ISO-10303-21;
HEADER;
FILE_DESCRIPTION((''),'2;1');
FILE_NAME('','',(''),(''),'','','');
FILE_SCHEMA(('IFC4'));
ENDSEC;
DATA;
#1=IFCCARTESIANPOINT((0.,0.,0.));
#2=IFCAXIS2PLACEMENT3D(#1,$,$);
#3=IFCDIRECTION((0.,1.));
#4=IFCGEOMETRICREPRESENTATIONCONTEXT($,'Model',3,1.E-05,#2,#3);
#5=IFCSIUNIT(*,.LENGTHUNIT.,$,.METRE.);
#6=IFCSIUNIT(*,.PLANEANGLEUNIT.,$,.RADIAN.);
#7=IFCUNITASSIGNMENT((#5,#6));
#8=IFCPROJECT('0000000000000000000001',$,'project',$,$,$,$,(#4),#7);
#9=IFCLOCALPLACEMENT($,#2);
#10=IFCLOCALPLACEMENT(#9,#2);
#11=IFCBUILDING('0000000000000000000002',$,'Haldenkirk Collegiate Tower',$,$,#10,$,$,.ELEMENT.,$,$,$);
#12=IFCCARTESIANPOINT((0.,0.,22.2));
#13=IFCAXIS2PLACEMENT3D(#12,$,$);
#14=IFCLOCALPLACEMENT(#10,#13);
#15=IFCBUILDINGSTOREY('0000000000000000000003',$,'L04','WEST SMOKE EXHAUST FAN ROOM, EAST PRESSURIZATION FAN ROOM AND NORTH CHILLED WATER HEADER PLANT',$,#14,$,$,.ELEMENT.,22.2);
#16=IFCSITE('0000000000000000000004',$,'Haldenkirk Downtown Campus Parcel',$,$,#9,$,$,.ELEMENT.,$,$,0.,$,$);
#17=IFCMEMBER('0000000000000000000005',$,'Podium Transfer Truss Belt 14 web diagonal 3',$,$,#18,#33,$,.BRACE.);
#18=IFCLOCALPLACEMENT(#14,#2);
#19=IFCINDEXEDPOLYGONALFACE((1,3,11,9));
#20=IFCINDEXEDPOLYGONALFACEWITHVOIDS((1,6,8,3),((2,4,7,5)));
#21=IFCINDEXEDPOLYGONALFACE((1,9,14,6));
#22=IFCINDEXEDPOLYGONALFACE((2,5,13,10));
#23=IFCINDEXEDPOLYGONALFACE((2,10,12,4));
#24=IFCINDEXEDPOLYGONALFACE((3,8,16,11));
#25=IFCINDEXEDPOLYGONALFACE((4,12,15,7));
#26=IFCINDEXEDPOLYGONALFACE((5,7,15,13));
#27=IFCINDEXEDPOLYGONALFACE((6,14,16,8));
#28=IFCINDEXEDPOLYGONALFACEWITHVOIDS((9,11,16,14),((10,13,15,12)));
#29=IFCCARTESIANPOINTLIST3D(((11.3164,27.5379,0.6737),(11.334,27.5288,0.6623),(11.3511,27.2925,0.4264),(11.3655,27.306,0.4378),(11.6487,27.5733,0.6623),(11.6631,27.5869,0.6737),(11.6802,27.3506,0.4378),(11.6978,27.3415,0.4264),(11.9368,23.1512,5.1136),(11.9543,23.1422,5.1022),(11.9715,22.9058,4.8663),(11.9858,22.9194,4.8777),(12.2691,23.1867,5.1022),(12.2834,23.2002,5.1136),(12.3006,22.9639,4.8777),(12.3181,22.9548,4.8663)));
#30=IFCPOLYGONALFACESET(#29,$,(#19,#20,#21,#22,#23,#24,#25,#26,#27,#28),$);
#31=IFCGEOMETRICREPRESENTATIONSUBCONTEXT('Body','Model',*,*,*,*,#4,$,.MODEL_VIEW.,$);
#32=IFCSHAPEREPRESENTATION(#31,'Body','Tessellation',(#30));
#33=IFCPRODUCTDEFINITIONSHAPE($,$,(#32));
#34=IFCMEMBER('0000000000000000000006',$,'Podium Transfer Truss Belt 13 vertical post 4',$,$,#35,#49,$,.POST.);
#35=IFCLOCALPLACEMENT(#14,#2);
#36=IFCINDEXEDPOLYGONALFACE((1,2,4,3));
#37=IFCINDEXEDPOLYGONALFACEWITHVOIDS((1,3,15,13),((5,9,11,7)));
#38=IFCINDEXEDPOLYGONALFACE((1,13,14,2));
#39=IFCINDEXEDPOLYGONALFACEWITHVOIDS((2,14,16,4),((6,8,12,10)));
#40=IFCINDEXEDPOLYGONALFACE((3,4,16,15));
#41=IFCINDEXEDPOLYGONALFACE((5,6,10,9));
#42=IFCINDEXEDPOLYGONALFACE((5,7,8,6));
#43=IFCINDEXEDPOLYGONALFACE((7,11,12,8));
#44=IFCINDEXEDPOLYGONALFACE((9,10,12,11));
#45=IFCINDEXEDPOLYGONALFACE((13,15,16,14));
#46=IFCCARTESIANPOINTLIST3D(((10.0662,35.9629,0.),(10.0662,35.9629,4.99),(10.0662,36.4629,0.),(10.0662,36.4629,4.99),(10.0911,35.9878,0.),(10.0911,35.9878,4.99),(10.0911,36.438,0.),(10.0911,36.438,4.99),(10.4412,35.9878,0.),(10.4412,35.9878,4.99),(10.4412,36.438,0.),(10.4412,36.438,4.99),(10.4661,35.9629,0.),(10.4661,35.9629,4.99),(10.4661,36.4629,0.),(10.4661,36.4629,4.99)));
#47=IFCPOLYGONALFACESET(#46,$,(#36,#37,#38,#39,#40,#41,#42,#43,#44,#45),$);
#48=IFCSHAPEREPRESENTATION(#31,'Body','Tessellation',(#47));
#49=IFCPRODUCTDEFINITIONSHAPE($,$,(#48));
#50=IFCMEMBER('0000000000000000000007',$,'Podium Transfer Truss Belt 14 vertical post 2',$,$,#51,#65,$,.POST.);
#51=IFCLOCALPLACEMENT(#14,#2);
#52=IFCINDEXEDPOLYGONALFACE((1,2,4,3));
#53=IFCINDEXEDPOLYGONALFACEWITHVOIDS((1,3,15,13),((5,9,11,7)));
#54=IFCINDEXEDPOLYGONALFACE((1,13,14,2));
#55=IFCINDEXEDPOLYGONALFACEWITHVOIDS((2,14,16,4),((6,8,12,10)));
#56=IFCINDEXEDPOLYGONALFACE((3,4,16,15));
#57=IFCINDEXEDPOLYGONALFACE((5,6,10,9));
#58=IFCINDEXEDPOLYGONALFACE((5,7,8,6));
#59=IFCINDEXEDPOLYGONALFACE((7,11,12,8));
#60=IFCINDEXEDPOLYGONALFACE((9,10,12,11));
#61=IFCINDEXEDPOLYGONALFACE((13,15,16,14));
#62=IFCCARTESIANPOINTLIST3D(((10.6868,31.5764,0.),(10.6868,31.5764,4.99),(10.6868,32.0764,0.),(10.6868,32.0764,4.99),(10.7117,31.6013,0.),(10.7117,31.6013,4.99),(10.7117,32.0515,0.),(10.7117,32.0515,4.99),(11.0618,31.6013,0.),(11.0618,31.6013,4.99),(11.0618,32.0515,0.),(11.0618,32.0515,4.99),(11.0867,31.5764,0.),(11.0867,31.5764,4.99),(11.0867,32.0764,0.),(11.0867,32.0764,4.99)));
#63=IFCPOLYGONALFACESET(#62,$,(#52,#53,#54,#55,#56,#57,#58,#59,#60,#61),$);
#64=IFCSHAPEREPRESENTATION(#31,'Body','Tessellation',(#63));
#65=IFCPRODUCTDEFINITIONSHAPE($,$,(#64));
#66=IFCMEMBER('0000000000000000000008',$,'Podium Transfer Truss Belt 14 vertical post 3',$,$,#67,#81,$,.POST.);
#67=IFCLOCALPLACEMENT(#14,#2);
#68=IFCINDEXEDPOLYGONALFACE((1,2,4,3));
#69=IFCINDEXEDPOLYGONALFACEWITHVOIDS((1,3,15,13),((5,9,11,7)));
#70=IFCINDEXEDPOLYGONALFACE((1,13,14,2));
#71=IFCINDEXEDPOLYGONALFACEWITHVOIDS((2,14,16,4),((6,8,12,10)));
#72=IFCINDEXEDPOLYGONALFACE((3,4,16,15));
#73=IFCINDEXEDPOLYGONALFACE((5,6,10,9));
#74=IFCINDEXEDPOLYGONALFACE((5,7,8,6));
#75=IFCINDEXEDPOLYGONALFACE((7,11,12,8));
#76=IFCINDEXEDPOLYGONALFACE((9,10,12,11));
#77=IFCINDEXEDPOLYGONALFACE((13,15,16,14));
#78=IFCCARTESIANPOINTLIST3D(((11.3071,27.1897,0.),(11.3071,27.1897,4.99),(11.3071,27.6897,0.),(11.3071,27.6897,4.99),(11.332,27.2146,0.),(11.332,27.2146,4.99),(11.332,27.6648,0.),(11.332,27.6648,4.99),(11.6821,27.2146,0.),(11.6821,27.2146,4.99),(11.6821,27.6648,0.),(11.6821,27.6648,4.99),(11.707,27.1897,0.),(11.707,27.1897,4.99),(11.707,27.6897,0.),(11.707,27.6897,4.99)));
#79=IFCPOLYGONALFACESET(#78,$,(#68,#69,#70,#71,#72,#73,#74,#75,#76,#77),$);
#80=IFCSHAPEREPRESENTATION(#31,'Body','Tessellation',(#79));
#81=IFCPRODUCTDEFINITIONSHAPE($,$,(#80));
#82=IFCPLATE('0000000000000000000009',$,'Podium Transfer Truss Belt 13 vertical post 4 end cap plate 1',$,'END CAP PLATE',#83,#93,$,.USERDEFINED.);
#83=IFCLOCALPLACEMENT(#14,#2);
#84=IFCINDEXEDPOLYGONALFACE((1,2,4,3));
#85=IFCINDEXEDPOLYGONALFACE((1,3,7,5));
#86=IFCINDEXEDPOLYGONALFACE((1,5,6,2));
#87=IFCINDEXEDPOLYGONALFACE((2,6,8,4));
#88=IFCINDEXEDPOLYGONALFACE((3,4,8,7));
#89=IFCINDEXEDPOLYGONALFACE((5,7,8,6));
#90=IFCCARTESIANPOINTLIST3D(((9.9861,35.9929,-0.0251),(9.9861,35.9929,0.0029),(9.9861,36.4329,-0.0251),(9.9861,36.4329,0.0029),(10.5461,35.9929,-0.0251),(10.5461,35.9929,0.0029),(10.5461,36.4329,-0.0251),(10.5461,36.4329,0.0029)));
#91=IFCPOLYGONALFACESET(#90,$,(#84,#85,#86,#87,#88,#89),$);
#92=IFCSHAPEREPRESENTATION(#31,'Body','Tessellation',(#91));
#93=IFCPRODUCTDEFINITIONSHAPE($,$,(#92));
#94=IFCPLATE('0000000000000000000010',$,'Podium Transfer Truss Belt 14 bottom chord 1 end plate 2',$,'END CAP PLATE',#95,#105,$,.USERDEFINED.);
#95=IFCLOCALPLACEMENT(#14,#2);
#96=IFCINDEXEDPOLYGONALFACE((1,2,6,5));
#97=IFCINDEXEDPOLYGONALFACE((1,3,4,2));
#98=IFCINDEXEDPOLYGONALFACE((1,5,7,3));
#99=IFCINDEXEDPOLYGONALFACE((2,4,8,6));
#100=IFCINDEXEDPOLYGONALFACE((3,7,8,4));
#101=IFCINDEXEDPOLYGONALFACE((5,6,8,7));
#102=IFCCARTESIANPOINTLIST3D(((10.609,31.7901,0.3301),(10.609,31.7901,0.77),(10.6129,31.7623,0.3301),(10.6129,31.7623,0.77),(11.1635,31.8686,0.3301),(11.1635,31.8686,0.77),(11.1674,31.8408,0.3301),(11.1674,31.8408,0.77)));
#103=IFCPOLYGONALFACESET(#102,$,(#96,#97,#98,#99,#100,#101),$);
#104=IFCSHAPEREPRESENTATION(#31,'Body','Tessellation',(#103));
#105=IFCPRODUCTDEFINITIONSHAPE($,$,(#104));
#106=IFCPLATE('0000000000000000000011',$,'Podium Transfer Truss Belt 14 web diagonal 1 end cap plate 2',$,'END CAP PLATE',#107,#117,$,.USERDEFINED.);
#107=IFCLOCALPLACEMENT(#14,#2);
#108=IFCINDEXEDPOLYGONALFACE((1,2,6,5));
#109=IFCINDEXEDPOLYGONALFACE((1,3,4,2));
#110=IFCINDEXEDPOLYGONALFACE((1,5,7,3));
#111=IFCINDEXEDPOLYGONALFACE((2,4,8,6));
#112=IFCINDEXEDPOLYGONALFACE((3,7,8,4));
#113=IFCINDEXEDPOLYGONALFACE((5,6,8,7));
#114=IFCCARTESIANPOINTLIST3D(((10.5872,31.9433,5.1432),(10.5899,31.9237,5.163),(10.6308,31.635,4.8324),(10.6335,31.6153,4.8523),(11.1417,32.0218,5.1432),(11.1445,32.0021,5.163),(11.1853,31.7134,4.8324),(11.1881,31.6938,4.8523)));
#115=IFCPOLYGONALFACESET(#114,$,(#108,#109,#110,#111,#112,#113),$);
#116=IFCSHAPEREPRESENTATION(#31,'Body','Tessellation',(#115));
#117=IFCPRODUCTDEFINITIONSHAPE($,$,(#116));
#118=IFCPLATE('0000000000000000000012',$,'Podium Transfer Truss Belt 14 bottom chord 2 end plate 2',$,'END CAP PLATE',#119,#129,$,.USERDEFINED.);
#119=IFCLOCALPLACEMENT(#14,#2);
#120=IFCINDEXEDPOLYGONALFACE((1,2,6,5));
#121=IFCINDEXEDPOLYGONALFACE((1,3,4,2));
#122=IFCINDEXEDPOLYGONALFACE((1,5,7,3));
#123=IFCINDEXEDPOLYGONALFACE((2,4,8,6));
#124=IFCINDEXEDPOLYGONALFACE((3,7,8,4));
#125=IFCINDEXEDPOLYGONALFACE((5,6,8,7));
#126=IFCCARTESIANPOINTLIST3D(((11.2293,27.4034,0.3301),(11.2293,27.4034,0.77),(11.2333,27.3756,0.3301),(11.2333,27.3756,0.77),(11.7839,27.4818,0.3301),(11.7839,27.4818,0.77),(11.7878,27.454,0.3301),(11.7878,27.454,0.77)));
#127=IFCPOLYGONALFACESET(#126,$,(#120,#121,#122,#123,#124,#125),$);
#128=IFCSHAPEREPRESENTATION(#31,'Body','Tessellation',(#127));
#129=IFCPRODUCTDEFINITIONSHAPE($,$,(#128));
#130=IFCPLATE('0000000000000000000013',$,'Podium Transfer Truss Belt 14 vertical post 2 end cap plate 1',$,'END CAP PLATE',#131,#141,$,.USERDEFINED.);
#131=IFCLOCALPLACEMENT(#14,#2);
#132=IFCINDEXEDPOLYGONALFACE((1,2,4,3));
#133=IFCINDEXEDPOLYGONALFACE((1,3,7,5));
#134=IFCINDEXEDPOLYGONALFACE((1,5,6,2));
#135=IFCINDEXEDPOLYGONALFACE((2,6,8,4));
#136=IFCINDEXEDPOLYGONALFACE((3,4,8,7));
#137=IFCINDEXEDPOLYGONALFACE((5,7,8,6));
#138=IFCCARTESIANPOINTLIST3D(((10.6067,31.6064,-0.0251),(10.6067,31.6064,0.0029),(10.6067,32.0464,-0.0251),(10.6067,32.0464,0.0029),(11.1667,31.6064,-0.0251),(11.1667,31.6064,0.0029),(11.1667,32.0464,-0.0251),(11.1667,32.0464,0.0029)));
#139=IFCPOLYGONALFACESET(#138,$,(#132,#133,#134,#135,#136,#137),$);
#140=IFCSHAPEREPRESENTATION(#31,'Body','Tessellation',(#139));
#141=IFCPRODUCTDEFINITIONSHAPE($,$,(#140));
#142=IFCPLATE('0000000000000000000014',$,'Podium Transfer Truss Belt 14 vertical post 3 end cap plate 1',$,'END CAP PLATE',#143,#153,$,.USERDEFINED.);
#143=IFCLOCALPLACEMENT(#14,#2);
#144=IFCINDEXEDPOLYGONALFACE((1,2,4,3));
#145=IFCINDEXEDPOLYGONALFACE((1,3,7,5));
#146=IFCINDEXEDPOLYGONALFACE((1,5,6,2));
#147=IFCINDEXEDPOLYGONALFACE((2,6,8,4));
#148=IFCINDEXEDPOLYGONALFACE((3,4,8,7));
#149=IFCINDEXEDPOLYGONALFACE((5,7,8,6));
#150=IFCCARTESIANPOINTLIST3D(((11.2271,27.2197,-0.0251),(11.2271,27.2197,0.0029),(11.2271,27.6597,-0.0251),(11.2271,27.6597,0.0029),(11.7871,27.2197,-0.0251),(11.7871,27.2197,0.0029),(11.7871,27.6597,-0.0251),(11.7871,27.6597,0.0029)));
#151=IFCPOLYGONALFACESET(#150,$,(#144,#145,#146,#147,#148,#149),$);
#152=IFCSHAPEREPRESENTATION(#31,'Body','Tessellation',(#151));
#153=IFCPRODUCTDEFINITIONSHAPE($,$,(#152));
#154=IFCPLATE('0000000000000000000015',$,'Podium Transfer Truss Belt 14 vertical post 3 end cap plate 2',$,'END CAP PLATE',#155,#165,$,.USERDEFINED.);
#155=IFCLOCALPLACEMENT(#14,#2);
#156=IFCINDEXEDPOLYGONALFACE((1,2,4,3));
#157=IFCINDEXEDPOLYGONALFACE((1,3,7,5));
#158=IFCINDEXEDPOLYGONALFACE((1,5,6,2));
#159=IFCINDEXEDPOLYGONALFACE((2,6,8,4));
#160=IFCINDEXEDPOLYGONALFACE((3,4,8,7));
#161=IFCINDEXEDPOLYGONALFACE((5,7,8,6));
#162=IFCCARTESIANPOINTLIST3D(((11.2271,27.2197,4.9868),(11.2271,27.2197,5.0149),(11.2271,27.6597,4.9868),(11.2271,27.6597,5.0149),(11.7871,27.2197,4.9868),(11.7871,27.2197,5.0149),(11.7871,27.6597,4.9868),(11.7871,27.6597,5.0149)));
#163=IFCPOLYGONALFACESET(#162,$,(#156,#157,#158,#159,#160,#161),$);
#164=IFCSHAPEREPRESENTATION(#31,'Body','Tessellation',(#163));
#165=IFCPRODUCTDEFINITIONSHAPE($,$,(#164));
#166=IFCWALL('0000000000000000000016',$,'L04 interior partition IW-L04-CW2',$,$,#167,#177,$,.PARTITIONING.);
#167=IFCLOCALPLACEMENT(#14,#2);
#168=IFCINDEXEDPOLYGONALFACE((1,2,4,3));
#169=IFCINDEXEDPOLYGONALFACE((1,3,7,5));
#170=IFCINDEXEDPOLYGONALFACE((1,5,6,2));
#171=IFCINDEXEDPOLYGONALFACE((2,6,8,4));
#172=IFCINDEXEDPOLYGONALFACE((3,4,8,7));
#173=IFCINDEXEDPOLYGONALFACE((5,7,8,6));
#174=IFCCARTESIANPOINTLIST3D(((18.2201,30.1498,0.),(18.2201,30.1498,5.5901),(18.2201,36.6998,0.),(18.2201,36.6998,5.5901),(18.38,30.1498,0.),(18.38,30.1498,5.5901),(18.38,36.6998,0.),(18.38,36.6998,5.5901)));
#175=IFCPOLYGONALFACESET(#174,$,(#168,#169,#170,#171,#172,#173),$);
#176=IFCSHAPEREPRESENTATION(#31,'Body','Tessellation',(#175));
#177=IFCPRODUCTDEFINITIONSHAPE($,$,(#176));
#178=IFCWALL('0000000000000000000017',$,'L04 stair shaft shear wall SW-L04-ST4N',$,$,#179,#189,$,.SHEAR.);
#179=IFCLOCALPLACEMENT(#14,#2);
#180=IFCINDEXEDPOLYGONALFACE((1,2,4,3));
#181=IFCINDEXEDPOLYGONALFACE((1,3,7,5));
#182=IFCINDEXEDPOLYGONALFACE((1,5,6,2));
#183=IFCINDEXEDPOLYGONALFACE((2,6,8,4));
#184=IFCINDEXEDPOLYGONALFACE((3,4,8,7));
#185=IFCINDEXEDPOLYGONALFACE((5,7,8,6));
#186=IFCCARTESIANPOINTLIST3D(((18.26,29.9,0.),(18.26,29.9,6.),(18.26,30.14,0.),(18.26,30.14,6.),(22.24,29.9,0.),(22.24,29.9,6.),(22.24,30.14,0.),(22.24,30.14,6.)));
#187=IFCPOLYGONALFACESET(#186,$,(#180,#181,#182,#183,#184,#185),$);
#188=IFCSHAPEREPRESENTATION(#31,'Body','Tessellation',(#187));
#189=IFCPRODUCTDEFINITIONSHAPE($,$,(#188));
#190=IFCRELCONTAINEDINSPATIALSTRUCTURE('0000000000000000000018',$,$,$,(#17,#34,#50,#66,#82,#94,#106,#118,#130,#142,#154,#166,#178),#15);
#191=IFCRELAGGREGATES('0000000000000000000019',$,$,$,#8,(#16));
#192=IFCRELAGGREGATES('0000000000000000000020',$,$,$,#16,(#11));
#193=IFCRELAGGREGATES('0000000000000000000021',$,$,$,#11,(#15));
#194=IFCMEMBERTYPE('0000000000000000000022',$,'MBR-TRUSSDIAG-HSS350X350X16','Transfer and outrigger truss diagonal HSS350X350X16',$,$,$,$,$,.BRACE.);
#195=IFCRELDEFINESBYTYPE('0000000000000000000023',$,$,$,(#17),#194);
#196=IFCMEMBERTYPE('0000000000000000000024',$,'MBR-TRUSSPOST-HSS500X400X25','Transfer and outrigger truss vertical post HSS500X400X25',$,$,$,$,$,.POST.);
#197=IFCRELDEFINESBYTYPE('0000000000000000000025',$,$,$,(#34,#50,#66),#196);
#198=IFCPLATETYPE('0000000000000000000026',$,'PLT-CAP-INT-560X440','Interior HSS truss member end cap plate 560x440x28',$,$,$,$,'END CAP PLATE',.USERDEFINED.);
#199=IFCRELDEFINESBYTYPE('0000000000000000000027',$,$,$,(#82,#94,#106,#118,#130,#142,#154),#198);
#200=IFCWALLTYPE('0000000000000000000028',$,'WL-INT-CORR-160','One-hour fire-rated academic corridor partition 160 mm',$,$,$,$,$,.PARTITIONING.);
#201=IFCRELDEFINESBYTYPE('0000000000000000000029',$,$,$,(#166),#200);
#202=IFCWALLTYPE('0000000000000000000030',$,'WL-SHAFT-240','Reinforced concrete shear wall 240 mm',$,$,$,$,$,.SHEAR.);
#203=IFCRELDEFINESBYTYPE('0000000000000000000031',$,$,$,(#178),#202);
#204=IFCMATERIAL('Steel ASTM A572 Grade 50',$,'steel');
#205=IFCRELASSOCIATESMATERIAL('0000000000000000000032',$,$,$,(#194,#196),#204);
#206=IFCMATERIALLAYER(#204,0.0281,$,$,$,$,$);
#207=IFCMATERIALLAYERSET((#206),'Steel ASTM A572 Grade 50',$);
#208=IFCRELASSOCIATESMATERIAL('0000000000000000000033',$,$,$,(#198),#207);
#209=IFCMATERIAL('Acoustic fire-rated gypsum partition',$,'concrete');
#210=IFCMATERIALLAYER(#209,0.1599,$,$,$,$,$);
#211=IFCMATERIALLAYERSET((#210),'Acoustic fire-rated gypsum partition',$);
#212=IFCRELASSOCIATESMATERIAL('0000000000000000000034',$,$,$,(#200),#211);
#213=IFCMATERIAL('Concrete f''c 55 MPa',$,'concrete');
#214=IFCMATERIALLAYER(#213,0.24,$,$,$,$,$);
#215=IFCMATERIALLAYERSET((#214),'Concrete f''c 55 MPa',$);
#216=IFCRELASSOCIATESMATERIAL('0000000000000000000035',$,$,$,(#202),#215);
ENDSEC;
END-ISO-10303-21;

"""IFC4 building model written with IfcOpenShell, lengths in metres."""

from ifc_helpers import new_model, si_unit, direction, frame, frame_2d, origin, origin_2d, place, context, subcontext, project, spatial, rectangle, hollow_rectangle, extrude, source, transform, mapped, material, layer, layer_set, material_profile, profile_set, type_object, element, save


model = new_model("IFC4")

# Units and contexts
model_context = context("Model", 3, precision=1e-05, world=origin(), true_north=direction((0.0, 1.0)))
body_context = subcontext(model_context, "Body", "Model", "MODEL_VIEW")
ifc_project = project(units=[si_unit("LENGTHUNIT", "METRE"), si_unit("PLANEANGLEUNIT", "RADIAN")], contexts=[model_context])

# Site, building, storey
site_placement = place(None, origin())
site = spatial("IfcSite", under=ifc_project, at=site_placement, Name="Haldenkirk Downtown Campus Parcel", CompositionType="ELEMENT", RefElevation=0.0)
building_placement = place(site_placement, origin())
building = spatial("IfcBuilding", under=site, at=building_placement, Name="Haldenkirk Collegiate Tower", CompositionType="ELEMENT")
storey_placement = place(building_placement, frame((0.0, 0.0, 22.2)))
storey = spatial("IfcBuildingStorey", under=building, at=storey_placement, Name="L04", Description="WEST SMOKE EXHAUST FAN ROOM, EAST PRESSURIZATION FAN ROOM AND NORTH CHILLED WATER HEADER PLANT", CompositionType="ELEMENT", Elevation=22.2)

# Members
ifc_material_1 = material(Name="Steel ASTM A572 Grade 50", Category="steel")
ifc_material_profile_1 = material_profile(ifc_material_1, hollow_rectangle(XDim=0.3501, YDim=0.3501, WallThickness=0.0161, at=origin_2d()), Name="HSS350X350X16")
ifc_profile_set_1 = profile_set([ifc_material_profile_1], Name="Steel ASTM A572 Grade 50")
member_type_1 = type_object("IfcMemberType", Name="MBR-TRUSSDIAG-HSS350X350X16", Description="Transfer and outrigger truss diagonal HSS350X350X16", PredefinedType="BRACE", material=ifc_profile_set_1)
for number, where, z_axis, x_axis, name in (
    (1, (11.5071, 27.4397, 0.55), (0.098906, -0.699384, 0.70787), (0.990148, 0.140025, 0.0), "Podium Transfer Truss Belt 14 web diagonal 3"),
):
    element("IfcMember", number, at=place(storey_placement, frame(where, z_axis=z_axis, x_axis=x_axis)), inside=storey, type_object=member_type_1, Name=name, PredefinedType="BRACE", context=body_context, shape_type="SweptSolid", body=[
        extrude(hollow_rectangle(XDim=0.3501, YDim=0.3501, WallThickness=0.0161, at=origin_2d()), origin(), (0.0, 0.0, 1.0), 6.2722),
    ])
ifc_material_profile_2 = material_profile(ifc_material_1, hollow_rectangle(XDim=0.3999, YDim=0.5, WallThickness=0.0249, at=origin_2d()), Name="HSS500X400X25")
ifc_profile_set_2 = profile_set([ifc_material_profile_2], Name="Steel ASTM A572 Grade 50")
member_type_2 = type_object("IfcMemberType", Name="MBR-TRUSSPOST-HSS500X400X25", Description="Transfer and outrigger truss vertical post HSS500X400X25", PredefinedType="POST", material=ifc_profile_set_2)
for number, where, z_axis, x_axis, name in (
    (2, (10.2661, 36.2129, 0.0), (0.0, 0.0, 1.0), (1.0, 0.0, 0.0), "Podium Transfer Truss Belt 13 vertical post 4"),
    (3, (10.8867, 31.8264, 0.0), (0.0, 0.0, 1.0), (1.0, 0.0, 0.0), "Podium Transfer Truss Belt 14 vertical post 2"),
    (4, (11.5071, 27.4397, 0.0), (0.0, 0.0, 1.0), (1.0, 0.0, 0.0), "Podium Transfer Truss Belt 14 vertical post 3"),
):
    element("IfcMember", number, at=place(storey_placement, frame(where, z_axis=z_axis, x_axis=x_axis)), inside=storey, type_object=member_type_2, Name=name, PredefinedType="POST", context=body_context, shape_type="SweptSolid", body=[
        extrude(hollow_rectangle(XDim=0.3999, YDim=0.5, WallThickness=0.0249, at=origin_2d()), origin(), (0.0, 0.0, 1.0), 4.99),
    ])

# Plates
ifc_layer_1 = layer(ifc_material_1, 0.0281)
ifc_layer_set_1 = layer_set([ifc_layer_1], Name="Steel ASTM A572 Grade 50")
plate_type = type_object("IfcPlateType", Name="PLT-CAP-INT-560X440", Description="Interior HSS truss member end cap plate 560x440x28", ElementType="END CAP PLATE", PredefinedType="USERDEFINED", material=ifc_layer_set_1)
shared_shape = source(origin(), body_context, "Body", "SweptSolid", [
    extrude(rectangle(XDim=0.5601, YDim=0.4399, at=origin_2d()), origin(), (0.0, 0.0, 1.0), 0.0281),
])
for number, where, z_axis, x_axis, name in (
    (5, (10.2661, 36.2129, 0.0029), (0.0, 0.0, -1.0), (1.0, 0.0, 0.0), "Podium Transfer Truss Belt 13 vertical post 4 end cap plate 1"),
    (6, (10.8862, 31.8293, 0.55), (0.140041, -0.990146, 0.0), (0.990146, 0.140041, 0.0), "Podium Transfer Truss Belt 14 bottom chord 1 end plate 2"),
    (7, (10.8862, 31.8284, 4.9878), (0.098911, -0.699378, 0.707875), (0.990147, 0.140034, 0.0), "Podium Transfer Truss Belt 14 web diagonal 1 end cap plate 2"),
    (8, (11.5066, 27.4426, 0.55), (0.140041, -0.990146, 0.0), (0.990146, 0.140041, 0.0), "Podium Transfer Truss Belt 14 bottom chord 2 end plate 2"),
    (9, (10.8867, 31.8264, 0.0029), (0.0, 0.0, -1.0), (1.0, 0.0, 0.0), "Podium Transfer Truss Belt 14 vertical post 2 end cap plate 1"),
    (10, (11.5071, 27.4397, 0.0029), (0.0, 0.0, -1.0), (1.0, 0.0, 0.0), "Podium Transfer Truss Belt 14 vertical post 3 end cap plate 1"),
    (11, (11.5071, 27.4397, 4.9868), (0.0, 0.0, 1.0), (1.0, 0.0, 0.0), "Podium Transfer Truss Belt 14 vertical post 3 end cap plate 2"),
):
    element("IfcPlate", number, at=place(storey_placement, frame(where, z_axis=z_axis, x_axis=x_axis)), inside=storey, type_object=plate_type, Name=name, ObjectType="END CAP PLATE", PredefinedType="USERDEFINED", context=body_context, shape_type="MappedRepresentation", body=[
        mapped(shared_shape, transform((0.0, 0.0, 0.0), x_axis=(1.0, 0.0, 0.0), y_axis=(0.0, 1.0, 0.0), z_axis=(0.0, 0.0, 1.0), scale=1.0)),
    ])

# Walls
ifc_material_2 = material(Name="Acoustic fire-rated gypsum partition", Category="concrete")
ifc_layer_2 = layer(ifc_material_2, 0.1599)
ifc_layer_set_2 = layer_set([ifc_layer_2], Name="Acoustic fire-rated gypsum partition")
wall_type_1 = type_object("IfcWallType", Name="WL-INT-CORR-160", Description="One-hour fire-rated academic corridor partition 160 mm", PredefinedType="PARTITIONING", material=ifc_layer_set_2)
wall_1_placement = place(storey_placement, frame((18.3, 30.1499, 0.0), z_axis=(0.0, 0.0, 1.0), x_axis=(0.0, 1.0, 0.0)))
element("IfcWall", 12, at=wall_1_placement, inside=storey, type_object=wall_type_1, Name="L04 interior partition IW-L04-CW2", PredefinedType="PARTITIONING", context=body_context, shape_type="SweptSolid", body=[
    extrude(rectangle(XDim=6.55, YDim=0.1599, at=frame_2d((3.2749, 0.0))), origin(), (0.0, 0.0, 1.0), 5.5901),
])
ifc_material_3 = material(Name="Concrete f'c 55 MPa", Category="concrete")
ifc_layer_3 = layer(ifc_material_3, 0.24)
ifc_layer_set_3 = layer_set([ifc_layer_3], Name="Concrete f'c 55 MPa")
wall_type_2 = type_object("IfcWallType", Name="WL-SHAFT-240", Description="Reinforced concrete shear wall 240 mm", PredefinedType="SHEAR", material=ifc_layer_set_3)
wall_2_placement = place(storey_placement, frame((18.26, 30.02, 0.0), z_axis=(0.0, 0.0, 1.0), x_axis=(1.0, 0.0, 0.0)))
element("IfcWall", 13, at=wall_2_placement, inside=storey, type_object=wall_type_2, Name="L04 stair shaft shear wall SW-L04-ST4N", PredefinedType="SHEAR", context=body_context, shape_type="SweptSolid", body=[
    extrude(rectangle(XDim=3.98, YDim=0.24, at=frame_2d((1.99, 0.0))), origin(), (0.0, 0.0, 1.0), 6.0),
])

save(model, "model.ifc")
